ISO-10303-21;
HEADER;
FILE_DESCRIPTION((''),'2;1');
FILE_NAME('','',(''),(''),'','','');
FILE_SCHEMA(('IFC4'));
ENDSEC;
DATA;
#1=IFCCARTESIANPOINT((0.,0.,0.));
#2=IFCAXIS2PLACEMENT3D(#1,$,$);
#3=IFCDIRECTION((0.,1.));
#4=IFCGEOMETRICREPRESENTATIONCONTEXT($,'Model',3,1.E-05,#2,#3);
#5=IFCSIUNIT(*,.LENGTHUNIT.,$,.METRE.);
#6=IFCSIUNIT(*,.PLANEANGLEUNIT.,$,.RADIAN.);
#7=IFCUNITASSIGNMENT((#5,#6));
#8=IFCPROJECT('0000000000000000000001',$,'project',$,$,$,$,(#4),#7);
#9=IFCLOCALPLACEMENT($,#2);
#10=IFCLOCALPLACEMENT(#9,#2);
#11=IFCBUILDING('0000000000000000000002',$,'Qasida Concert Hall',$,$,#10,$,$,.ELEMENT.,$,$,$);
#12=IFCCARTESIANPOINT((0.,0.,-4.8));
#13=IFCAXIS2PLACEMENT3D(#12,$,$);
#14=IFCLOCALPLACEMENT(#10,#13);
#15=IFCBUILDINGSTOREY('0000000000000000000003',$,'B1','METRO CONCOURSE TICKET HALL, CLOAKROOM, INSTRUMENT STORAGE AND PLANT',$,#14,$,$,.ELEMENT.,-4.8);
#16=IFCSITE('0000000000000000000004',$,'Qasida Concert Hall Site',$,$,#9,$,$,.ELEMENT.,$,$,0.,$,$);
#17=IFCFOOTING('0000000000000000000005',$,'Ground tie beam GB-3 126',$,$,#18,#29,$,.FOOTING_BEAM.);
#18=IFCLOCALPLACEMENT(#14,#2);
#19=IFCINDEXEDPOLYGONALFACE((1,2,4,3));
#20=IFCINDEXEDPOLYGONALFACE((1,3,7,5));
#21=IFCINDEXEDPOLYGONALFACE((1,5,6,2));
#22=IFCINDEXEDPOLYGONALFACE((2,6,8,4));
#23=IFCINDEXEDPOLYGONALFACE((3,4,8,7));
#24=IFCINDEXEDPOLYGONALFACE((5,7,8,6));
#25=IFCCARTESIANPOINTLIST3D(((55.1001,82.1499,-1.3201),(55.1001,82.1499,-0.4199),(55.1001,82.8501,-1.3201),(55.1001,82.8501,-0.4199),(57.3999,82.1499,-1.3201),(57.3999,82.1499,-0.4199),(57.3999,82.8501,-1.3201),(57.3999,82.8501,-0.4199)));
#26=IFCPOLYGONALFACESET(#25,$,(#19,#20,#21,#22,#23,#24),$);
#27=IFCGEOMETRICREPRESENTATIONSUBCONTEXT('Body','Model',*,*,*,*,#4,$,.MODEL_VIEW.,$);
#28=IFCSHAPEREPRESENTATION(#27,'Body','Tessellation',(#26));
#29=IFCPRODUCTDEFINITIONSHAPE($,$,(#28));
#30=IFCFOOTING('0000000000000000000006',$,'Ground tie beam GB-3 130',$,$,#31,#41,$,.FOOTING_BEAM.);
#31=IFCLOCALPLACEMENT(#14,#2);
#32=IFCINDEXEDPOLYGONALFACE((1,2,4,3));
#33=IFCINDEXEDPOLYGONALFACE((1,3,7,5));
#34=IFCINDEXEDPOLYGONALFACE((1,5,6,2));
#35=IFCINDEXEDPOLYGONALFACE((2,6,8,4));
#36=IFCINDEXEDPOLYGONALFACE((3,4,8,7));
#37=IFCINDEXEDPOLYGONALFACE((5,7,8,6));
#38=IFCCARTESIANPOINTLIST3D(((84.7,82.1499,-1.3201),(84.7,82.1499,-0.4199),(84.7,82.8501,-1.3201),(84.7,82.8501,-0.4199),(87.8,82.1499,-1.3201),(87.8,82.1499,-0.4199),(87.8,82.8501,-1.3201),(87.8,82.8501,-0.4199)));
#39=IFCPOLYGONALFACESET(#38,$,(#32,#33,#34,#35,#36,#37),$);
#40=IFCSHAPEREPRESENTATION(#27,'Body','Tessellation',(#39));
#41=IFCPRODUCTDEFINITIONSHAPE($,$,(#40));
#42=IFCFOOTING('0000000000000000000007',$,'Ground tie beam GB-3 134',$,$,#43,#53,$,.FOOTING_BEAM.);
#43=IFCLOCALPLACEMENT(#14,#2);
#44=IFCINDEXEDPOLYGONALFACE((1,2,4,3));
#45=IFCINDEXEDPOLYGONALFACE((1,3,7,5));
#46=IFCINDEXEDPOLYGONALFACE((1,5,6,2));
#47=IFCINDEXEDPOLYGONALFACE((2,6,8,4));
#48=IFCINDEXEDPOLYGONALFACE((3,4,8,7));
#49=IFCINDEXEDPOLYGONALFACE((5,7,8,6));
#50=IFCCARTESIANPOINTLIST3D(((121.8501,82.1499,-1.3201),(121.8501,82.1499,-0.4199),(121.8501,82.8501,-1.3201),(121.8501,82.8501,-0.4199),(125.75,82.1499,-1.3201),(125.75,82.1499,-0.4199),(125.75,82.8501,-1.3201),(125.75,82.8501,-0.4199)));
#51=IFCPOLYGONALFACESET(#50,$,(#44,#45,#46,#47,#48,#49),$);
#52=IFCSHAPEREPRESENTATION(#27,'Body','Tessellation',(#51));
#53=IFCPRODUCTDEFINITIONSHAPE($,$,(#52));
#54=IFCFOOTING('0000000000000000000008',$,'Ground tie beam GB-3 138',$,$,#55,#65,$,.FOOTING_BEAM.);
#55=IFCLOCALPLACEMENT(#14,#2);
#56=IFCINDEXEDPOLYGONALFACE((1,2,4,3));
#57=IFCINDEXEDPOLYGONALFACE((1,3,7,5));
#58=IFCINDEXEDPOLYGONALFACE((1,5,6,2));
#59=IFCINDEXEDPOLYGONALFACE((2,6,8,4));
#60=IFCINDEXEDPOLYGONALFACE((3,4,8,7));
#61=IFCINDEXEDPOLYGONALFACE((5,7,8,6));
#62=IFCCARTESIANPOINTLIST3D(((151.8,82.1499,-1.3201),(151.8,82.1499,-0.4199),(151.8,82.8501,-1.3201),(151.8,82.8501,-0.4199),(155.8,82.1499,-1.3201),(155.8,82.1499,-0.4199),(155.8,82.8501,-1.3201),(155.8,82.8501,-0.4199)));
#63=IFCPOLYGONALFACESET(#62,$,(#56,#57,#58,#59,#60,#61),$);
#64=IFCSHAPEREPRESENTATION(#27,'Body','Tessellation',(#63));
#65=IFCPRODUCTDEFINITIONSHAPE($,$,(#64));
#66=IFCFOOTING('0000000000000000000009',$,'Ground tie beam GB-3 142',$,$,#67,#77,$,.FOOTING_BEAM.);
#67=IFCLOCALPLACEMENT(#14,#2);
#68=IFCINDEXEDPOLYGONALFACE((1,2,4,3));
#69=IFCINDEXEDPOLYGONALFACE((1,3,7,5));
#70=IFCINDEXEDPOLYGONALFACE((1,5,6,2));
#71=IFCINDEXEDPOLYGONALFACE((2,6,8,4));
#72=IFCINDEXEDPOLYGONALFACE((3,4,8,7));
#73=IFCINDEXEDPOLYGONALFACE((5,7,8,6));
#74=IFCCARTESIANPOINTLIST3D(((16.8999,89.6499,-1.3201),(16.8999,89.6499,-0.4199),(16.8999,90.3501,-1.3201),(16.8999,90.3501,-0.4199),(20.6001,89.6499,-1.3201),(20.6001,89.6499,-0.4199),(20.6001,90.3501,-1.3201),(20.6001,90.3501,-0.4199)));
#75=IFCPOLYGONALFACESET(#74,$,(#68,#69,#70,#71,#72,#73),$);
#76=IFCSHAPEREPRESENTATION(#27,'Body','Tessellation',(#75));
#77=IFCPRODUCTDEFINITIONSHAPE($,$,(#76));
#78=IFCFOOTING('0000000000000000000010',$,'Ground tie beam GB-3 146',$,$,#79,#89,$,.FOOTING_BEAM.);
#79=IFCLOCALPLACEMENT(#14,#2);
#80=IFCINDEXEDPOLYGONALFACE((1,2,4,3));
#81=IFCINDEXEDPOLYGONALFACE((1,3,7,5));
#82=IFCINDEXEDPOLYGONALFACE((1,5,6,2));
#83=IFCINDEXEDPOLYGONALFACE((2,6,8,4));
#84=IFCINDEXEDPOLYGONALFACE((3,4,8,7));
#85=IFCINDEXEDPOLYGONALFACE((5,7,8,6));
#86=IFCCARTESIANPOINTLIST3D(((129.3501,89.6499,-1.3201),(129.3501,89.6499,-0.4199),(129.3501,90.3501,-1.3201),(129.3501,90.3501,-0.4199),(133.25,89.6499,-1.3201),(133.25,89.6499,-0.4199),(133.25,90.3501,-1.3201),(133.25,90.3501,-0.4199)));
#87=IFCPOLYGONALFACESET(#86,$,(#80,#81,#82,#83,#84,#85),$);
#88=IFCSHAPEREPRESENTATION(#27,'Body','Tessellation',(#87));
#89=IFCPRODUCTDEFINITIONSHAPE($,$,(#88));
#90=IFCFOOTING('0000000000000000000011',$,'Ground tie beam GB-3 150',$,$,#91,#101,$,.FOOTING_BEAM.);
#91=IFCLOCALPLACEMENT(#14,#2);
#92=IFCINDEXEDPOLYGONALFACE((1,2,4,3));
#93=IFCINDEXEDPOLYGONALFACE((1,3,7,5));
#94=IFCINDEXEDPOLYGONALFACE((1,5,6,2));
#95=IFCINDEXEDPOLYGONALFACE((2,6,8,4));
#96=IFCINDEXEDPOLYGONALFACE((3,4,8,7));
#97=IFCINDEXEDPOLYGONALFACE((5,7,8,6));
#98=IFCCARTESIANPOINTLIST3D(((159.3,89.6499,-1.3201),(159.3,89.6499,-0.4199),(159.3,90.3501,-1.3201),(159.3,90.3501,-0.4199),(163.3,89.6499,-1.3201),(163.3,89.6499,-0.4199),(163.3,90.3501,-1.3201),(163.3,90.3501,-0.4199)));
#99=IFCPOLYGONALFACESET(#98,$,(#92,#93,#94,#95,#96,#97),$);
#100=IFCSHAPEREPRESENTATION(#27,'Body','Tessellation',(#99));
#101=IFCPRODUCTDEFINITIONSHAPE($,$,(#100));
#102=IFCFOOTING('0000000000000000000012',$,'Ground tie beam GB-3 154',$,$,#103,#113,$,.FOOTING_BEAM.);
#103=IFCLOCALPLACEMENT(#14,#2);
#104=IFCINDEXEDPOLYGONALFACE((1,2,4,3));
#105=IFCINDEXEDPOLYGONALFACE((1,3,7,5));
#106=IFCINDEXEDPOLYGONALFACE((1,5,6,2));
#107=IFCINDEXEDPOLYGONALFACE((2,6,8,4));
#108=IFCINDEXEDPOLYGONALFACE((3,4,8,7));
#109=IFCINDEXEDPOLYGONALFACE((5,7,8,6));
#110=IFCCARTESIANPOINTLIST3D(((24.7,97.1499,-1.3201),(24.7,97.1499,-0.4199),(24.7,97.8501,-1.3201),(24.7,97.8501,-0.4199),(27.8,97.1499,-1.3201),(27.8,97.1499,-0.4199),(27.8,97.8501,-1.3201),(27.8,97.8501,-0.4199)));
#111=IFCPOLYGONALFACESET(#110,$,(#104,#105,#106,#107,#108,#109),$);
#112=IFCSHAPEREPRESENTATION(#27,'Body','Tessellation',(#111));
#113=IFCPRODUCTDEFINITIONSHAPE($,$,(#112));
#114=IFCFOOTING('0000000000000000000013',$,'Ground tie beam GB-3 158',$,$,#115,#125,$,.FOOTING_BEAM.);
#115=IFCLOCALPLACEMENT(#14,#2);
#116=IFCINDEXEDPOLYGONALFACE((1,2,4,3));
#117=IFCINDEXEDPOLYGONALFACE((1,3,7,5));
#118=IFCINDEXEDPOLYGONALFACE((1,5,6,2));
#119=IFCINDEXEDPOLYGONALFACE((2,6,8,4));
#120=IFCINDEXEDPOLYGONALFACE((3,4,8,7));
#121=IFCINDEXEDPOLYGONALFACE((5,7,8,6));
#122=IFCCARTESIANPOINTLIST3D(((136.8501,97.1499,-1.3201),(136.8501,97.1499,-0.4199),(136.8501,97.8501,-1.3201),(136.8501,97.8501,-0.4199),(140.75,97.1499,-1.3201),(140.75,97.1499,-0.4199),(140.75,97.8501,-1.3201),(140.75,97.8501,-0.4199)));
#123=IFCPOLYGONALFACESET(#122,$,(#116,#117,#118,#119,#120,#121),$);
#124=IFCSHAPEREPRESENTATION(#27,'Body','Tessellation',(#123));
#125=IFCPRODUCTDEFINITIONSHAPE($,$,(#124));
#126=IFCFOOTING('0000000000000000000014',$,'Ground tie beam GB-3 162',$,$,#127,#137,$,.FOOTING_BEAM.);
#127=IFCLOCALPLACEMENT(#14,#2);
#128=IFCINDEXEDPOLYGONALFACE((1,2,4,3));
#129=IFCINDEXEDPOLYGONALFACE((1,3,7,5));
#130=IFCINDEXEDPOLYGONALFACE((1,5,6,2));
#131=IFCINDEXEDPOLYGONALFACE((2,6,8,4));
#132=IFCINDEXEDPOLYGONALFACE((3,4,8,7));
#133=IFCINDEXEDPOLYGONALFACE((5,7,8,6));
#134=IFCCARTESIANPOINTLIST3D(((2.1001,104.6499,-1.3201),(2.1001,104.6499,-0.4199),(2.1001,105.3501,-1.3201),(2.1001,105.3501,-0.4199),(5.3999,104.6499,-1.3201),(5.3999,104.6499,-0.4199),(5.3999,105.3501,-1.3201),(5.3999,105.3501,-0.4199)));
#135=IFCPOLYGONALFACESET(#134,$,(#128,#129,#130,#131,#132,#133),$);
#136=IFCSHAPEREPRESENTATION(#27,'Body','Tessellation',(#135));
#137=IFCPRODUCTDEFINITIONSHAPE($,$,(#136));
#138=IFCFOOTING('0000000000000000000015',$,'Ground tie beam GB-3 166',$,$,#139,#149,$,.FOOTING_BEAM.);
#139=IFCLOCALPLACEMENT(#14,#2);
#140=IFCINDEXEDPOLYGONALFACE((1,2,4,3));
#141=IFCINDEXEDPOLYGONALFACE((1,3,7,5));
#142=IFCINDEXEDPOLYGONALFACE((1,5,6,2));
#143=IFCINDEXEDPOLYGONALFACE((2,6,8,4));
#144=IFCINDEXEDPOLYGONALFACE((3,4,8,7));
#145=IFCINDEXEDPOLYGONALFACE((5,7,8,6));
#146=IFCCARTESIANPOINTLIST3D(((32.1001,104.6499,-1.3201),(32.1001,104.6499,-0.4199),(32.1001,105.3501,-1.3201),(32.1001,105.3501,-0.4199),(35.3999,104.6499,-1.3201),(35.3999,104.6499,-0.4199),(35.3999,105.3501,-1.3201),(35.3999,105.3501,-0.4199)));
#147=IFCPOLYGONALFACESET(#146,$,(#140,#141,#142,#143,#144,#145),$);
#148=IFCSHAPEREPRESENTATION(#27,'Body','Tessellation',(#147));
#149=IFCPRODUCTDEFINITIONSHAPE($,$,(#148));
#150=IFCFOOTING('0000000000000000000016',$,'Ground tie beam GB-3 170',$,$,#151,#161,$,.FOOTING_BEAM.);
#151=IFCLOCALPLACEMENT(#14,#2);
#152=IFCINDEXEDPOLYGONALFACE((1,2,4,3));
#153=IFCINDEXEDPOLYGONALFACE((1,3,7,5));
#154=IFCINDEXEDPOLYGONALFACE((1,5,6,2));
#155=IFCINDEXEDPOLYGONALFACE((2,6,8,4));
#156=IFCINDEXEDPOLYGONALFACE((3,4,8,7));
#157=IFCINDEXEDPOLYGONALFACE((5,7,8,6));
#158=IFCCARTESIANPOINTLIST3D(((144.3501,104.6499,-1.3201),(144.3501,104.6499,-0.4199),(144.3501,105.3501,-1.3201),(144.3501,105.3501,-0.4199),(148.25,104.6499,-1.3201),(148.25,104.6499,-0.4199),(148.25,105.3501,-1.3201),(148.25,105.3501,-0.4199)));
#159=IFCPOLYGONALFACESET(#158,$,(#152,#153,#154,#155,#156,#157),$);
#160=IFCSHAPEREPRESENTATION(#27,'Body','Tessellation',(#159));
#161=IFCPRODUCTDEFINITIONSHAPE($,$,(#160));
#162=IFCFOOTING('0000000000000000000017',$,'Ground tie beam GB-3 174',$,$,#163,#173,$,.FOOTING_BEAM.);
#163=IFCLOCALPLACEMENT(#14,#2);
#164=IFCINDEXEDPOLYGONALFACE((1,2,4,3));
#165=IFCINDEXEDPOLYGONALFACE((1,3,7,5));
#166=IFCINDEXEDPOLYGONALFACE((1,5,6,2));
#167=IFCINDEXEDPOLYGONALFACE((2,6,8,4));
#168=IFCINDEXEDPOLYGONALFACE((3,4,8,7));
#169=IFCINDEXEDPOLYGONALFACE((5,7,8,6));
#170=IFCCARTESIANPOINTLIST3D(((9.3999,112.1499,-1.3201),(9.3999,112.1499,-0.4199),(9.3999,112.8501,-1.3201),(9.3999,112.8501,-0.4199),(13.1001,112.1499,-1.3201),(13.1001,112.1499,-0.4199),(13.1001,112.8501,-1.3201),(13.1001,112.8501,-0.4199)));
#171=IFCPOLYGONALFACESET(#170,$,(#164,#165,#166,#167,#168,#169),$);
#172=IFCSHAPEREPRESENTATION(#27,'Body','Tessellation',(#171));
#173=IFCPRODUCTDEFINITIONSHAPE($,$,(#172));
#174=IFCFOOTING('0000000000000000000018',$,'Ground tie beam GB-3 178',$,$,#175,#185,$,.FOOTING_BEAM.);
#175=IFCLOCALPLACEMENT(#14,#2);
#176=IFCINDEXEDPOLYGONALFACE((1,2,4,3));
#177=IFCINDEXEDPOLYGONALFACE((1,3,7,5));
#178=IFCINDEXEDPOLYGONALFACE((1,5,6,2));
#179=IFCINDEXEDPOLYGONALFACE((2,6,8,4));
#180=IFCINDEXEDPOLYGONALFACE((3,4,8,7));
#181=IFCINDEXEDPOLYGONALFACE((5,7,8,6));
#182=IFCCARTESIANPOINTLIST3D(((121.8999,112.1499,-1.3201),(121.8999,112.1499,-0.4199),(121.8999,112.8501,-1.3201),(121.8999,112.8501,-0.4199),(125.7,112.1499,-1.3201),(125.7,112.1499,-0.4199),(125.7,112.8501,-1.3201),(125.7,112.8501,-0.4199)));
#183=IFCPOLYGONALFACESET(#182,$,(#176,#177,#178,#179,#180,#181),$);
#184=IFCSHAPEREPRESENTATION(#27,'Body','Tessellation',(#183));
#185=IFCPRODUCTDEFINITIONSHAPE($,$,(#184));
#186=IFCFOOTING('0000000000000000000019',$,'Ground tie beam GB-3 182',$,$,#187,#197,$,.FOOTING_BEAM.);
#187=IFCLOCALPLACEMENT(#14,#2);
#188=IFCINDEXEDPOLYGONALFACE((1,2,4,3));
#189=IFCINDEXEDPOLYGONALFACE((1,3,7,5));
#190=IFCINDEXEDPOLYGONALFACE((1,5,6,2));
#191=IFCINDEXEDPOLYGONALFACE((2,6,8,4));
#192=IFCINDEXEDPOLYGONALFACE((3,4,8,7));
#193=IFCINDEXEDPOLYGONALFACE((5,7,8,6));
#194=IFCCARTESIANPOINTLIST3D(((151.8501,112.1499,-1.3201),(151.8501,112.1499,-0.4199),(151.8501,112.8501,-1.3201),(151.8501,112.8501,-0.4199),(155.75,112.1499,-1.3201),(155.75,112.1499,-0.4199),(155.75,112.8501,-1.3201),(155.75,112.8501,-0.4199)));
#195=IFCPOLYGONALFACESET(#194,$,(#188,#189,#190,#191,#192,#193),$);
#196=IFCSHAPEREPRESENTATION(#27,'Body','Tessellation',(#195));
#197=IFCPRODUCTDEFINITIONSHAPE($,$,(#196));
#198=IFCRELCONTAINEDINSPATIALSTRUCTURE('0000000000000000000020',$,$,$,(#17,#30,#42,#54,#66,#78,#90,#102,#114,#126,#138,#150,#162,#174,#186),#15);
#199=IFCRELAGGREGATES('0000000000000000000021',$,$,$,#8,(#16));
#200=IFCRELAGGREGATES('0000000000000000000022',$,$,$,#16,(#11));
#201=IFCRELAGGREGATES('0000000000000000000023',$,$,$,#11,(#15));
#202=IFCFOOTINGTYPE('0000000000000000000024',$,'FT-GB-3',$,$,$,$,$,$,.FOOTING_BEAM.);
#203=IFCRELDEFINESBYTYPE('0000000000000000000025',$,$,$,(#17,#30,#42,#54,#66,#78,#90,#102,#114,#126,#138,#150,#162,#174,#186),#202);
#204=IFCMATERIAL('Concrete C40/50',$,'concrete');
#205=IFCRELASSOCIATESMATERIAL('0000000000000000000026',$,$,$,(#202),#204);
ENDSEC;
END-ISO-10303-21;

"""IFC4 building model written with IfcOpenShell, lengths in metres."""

from ifc_helpers import new_model, si_unit, direction, frame, origin, place, context, subcontext, project, spatial, polyline, outline, extrude, material, type_object, element, save


model = new_model("IFC4")

# Units and contexts
model_context = context("Model", 3, precision=1e-05, world=origin(), true_north=direction((0.0, 1.0)))
body_context = subcontext(model_context, "Body", "Model", "MODEL_VIEW")
ifc_project = project(units=[si_unit("LENGTHUNIT", "METRE"), si_unit("PLANEANGLEUNIT", "RADIAN")], contexts=[model_context])

# Site, building, storey
site_placement = place(None, origin())
site = spatial("IfcSite", under=ifc_project, at=site_placement, Name="Qasida Concert Hall Site", CompositionType="ELEMENT", RefElevation=0.0)
building_placement = place(site_placement, origin())
building = spatial("IfcBuilding", under=site, at=building_placement, Name="Qasida Concert Hall", CompositionType="ELEMENT")
storey_placement = place(building_placement, frame((0.0, 0.0, -4.8)))
storey = spatial("IfcBuildingStorey", under=building, at=storey_placement, Name="B1", Description="METRO CONCOURSE TICKET HALL, CLOAKROOM, INSTRUMENT STORAGE AND PLANT", CompositionType="ELEMENT", Elevation=-4.8)

# Footings
ifc_material = material(Name="Concrete C40/50", Category="concrete")
footing_type_1 = type_object("IfcFootingType", Name="FT-GB-3", PredefinedType="FOOTING_BEAM", material=ifc_material)
footing_1_placement = place(storey_placement, frame((0.0, 0.0, -1.3201)))
element("IfcFooting", 1, at=footing_1_placement, inside=storey, type_object=footing_type_1, Name="Ground tie beam GB-3 126", PredefinedType="FOOTING_BEAM", context=body_context, shape_type="SweptSolid", body=[
    extrude(outline(polyline([(55.1001, 82.1499), (57.3999, 82.1499), (57.3999, 82.8501), (55.1001, 82.8501), (55.1001, 82.1499)])), origin(), (0.0, 0.0, 1.0), 0.9001),
])
footing_2_placement = place(storey_placement, frame((0.0, 0.0, -1.3201)))
element("IfcFooting", 2, at=footing_2_placement, inside=storey, type_object=footing_type_1, Name="Ground tie beam GB-3 130", PredefinedType="FOOTING_BEAM", context=body_context, shape_type="SweptSolid", body=[
    extrude(outline(polyline([(84.7, 82.1499), (87.8, 82.1499), (87.8, 82.8501), (84.7, 82.8501), (84.7, 82.1499)])), origin(), (0.0, 0.0, 1.0), 0.9001),
])
footing_3_placement = place(storey_placement, frame((0.0, 0.0, -1.3201)))
element("IfcFooting", 3, at=footing_3_placement, inside=storey, type_object=footing_type_1, Name="Ground tie beam GB-3 134", PredefinedType="FOOTING_BEAM", context=body_context, shape_type="SweptSolid", body=[
    extrude(outline(polyline([(121.8501, 82.1499), (125.75, 82.1499), (125.75, 82.8501), (121.8501, 82.8501), (121.8501, 82.1499)])), origin(), (0.0, 0.0, 1.0), 0.9001),
])
footing_4_placement = place(storey_placement, frame((0.0, 0.0, -1.3201)))
element("IfcFooting", 4, at=footing_4_placement, inside=storey, type_object=footing_type_1, Name="Ground tie beam GB-3 138", PredefinedType="FOOTING_BEAM", context=body_context, shape_type="SweptSolid", body=[
    extrude(outline(polyline([(151.8, 82.1499), (155.8, 82.1499), (155.8, 82.8501), (151.8, 82.8501), (151.8, 82.1499)])), origin(), (0.0, 0.0, 1.0), 0.9001),
])
footing_5_placement = place(storey_placement, frame((0.0, 0.0, -1.3201)))
element("IfcFooting", 5, at=footing_5_placement, inside=storey, type_object=footing_type_1, Name="Ground tie beam GB-3 142", PredefinedType="FOOTING_BEAM", context=body_context, shape_type="SweptSolid", body=[
    extrude(outline(polyline([(16.8999, 89.6499), (20.6001, 89.6499), (20.6001, 90.3501), (16.8999, 90.3501), (16.8999, 89.6499)])), origin(), (0.0, 0.0, 1.0), 0.9001),
])
footing_6_placement = place(storey_placement, frame((0.0, 0.0, -1.3201)))
element("IfcFooting", 6, at=footing_6_placement, inside=storey, type_object=footing_type_1, Name="Ground tie beam GB-3 146", PredefinedType="FOOTING_BEAM", context=body_context, shape_type="SweptSolid", body=[
    extrude(outline(polyline([(129.3501, 89.6499), (133.25, 89.6499), (133.25, 90.3501), (129.3501, 90.3501), (129.3501, 89.6499)])), origin(), (0.0, 0.0, 1.0), 0.9001),
])
footing_7_placement = place(storey_placement, frame((0.0, 0.0, -1.3201)))
element("IfcFooting", 7, at=footing_7_placement, inside=storey, type_object=footing_type_1, Name="Ground tie beam GB-3 150", PredefinedType="FOOTING_BEAM", context=body_context, shape_type="SweptSolid", body=[
    extrude(outline(polyline([(159.3, 89.6499), (163.3, 89.6499), (163.3, 90.3501), (159.3, 90.3501), (159.3, 89.6499)])), origin(), (0.0, 0.0, 1.0), 0.9001),
])
footing_8_placement = place(storey_placement, frame((0.0, 0.0, -1.3201)))
element("IfcFooting", 8, at=footing_8_placement, inside=storey, type_object=footing_type_1, Name="Ground tie beam GB-3 154", PredefinedType="FOOTING_BEAM", context=body_context, shape_type="SweptSolid", body=[
    extrude(outline(polyline([(24.7, 97.1499), (27.8, 97.1499), (27.8, 97.8501), (24.7, 97.8501), (24.7, 97.1499)])), origin(), (0.0, 0.0, 1.0), 0.9001),
])
footing_9_placement = place(storey_placement, frame((0.0, 0.0, -1.3201)))
element("IfcFooting", 9, at=footing_9_placement, inside=storey, type_object=footing_type_1, Name="Ground tie beam GB-3 158", PredefinedType="FOOTING_BEAM", context=body_context, shape_type="SweptSolid", body=[
    extrude(outline(polyline([(136.8501, 97.1499), (140.75, 97.1499), (140.75, 97.8501), (136.8501, 97.8501), (136.8501, 97.1499)])), origin(), (0.0, 0.0, 1.0), 0.9001),
])
footing_10_placement = place(storey_placement, frame((0.0, 0.0, -1.3201)))
element("IfcFooting", 10, at=footing_10_placement, inside=storey, type_object=footing_type_1, Name="Ground tie beam GB-3 162", PredefinedType="FOOTING_BEAM", context=body_context, shape_type="SweptSolid", body=[
    extrude(outline(polyline([(2.1001, 104.6499), (5.3999, 104.6499), (5.3999, 105.3501), (2.1001, 105.3501), (2.1001, 104.6499)])), origin(), (0.0, 0.0, 1.0), 0.9001),
])
footing_11_placement = place(storey_placement, frame((0.0, 0.0, -1.3201)))
element("IfcFooting", 11, at=footing_11_placement, inside=storey, type_object=footing_type_1, Name="Ground tie beam GB-3 166", PredefinedType="FOOTING_BEAM", context=body_context, shape_type="SweptSolid", body=[
    extrude(outline(polyline([(32.1001, 104.6499), (35.3999, 104.6499), (35.3999, 105.3501), (32.1001, 105.3501), (32.1001, 104.6499)])), origin(), (0.0, 0.0, 1.0), 0.9001),
])
footing_12_placement = place(storey_placement, frame((0.0, 0.0, -1.3201)))
element("IfcFooting", 12, at=footing_12_placement, inside=storey, type_object=footing_type_1, Name="Ground tie beam GB-3 170", PredefinedType="FOOTING_BEAM", context=body_context, shape_type="SweptSolid", body=[
    extrude(outline(polyline([(144.3501, 104.6499), (148.25, 104.6499), (148.25, 105.3501), (144.3501, 105.3501), (144.3501, 104.6499)])), origin(), (0.0, 0.0, 1.0), 0.9001),
])
footing_13_placement = place(storey_placement, frame((0.0, 0.0, -1.3201)))
element("IfcFooting", 13, at=footing_13_placement, inside=storey, type_object=footing_type_1, Name="Ground tie beam GB-3 174", PredefinedType="FOOTING_BEAM", context=body_context, shape_type="SweptSolid", body=[
    extrude(outline(polyline([(9.3999, 112.1499), (13.1001, 112.1499), (13.1001, 112.8501), (9.3999, 112.8501), (9.3999, 112.1499)])), origin(), (0.0, 0.0, 1.0), 0.9001),
])
footing_14_placement = place(storey_placement, frame((0.0, 0.0, -1.3201)))
element("IfcFooting", 14, at=footing_14_placement, inside=storey, type_object=footing_type_1, Name="Ground tie beam GB-3 178", PredefinedType="FOOTING_BEAM", context=body_context, shape_type="SweptSolid", body=[
    extrude(outline(polyline([(121.8999, 112.1499), (125.7, 112.1499), (125.7, 112.8501), (121.8999, 112.8501), (121.8999, 112.1499)])), origin(), (0.0, 0.0, 1.0), 0.9001),
])
footing_15_placement = place(storey_placement, frame((0.0, 0.0, -1.3201)))
element("IfcFooting", 15, at=footing_15_placement, inside=storey, type_object=footing_type_1, Name="Ground tie beam GB-3 182", PredefinedType="FOOTING_BEAM", context=body_context, shape_type="SweptSolid", body=[
    extrude(outline(polyline([(151.8501, 112.1499), (155.75, 112.1499), (155.75, 112.8501), (151.8501, 112.8501), (151.8501, 112.1499)])), origin(), (0.0, 0.0, 1.0), 0.9001),
])

save(model, "model.ifc")
